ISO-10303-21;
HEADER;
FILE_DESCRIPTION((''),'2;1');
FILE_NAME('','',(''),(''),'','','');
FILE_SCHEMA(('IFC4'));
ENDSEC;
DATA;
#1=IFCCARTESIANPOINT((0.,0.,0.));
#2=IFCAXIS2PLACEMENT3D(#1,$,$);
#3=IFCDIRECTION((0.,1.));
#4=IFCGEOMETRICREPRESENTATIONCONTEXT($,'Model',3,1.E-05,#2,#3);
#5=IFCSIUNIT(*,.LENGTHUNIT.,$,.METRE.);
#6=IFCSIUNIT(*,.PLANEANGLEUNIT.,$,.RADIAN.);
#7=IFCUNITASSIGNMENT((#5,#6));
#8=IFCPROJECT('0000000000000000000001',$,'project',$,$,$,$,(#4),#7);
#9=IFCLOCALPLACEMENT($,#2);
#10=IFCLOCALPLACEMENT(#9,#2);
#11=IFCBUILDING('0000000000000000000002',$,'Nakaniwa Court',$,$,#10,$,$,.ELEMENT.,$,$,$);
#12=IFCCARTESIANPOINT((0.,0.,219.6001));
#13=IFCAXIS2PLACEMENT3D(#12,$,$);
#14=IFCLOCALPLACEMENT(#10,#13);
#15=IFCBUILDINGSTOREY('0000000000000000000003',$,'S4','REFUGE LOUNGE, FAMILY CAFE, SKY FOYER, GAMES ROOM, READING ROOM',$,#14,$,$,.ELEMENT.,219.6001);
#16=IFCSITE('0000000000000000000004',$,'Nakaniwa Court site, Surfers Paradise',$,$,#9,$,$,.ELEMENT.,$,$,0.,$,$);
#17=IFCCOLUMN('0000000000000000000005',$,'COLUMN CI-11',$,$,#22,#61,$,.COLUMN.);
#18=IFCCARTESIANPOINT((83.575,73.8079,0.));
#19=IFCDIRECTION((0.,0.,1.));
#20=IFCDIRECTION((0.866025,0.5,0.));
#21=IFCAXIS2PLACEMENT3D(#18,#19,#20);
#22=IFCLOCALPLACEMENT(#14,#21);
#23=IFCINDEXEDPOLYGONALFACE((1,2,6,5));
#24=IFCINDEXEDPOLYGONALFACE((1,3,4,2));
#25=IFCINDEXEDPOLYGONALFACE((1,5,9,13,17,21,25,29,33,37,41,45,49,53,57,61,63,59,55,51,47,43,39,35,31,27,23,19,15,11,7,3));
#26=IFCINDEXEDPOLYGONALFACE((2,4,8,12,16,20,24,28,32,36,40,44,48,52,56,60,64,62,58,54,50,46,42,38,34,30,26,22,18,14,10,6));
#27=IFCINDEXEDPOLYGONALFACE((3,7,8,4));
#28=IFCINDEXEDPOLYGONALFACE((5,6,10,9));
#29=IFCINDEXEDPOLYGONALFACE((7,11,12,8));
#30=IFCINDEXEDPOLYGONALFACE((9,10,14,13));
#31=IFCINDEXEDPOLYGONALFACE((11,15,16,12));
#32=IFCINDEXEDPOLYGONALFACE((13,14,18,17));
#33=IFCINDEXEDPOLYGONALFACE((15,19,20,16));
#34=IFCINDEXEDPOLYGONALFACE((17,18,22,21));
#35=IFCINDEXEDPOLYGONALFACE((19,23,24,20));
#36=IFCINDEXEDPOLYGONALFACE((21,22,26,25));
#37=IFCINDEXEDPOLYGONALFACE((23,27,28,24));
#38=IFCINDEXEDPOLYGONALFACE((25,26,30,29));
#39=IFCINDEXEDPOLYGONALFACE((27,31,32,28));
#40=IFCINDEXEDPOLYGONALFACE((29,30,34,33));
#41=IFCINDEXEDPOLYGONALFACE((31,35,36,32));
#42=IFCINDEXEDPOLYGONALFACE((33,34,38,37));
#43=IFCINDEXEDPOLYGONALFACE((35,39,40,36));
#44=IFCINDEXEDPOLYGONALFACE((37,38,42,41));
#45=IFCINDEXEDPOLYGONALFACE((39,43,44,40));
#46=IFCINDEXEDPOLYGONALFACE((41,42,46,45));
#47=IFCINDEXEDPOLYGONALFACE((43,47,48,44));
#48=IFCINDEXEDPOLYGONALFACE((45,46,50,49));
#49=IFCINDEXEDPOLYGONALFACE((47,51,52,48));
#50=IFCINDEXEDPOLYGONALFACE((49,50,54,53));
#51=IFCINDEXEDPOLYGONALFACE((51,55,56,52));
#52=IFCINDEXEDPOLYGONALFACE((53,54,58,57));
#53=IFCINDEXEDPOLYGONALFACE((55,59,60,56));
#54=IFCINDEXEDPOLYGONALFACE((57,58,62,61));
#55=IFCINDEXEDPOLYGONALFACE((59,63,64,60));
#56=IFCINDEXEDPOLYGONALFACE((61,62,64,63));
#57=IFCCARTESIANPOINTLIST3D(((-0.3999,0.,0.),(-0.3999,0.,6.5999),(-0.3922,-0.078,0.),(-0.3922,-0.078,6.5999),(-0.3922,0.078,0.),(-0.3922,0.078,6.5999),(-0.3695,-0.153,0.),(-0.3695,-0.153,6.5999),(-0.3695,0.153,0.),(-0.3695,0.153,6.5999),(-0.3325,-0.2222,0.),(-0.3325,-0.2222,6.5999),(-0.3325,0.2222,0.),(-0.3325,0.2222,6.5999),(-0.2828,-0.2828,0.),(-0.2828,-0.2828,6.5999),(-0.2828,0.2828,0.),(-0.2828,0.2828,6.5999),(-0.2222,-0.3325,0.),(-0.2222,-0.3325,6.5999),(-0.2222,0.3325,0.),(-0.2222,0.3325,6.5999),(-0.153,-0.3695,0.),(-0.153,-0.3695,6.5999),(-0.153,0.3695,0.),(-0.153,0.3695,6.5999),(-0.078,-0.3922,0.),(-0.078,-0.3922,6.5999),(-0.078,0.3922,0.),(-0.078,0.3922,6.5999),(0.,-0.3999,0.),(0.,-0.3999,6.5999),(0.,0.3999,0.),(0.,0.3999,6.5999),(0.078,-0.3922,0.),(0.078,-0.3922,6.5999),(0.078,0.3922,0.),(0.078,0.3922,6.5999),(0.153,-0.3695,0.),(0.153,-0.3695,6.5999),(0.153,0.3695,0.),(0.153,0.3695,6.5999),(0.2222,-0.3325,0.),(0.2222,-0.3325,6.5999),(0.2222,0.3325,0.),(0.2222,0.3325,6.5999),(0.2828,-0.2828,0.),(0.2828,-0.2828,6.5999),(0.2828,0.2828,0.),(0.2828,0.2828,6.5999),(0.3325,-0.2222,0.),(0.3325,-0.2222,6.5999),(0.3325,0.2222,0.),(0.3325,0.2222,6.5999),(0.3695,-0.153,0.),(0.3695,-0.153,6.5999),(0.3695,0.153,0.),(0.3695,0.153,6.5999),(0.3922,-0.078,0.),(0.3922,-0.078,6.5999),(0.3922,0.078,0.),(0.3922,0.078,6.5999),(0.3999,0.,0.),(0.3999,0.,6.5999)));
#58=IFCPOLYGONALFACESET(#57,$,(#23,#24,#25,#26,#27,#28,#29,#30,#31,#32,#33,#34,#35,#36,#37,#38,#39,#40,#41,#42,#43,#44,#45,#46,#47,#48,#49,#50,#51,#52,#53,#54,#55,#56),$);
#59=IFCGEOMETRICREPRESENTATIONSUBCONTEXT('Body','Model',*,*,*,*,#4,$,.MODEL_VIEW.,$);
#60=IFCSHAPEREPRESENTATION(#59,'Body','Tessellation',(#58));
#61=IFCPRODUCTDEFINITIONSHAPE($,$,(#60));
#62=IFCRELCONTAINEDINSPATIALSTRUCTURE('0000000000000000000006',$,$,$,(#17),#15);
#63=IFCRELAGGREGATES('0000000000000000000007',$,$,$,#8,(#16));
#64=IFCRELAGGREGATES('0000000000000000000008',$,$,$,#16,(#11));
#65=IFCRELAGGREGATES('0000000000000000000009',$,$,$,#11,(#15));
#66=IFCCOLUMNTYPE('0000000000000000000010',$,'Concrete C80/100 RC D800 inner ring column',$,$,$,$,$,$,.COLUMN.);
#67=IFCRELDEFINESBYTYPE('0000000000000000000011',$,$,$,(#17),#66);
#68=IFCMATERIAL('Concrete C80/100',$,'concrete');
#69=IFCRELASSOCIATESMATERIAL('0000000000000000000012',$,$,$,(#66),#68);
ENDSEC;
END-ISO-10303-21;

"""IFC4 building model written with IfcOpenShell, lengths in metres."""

from ifc_helpers import new_model, si_unit, direction, frame, origin, origin_2d, place, context, subcontext, project, spatial, circle, extrude, material, material_profile, profile_set, type_object, element, save


model = new_model("IFC4")

# Units and contexts
model_context = context("Model", 3, precision=1e-05, world=origin(), true_north=direction((0.0, 1.0)))
body_context = subcontext(model_context, "Body", "Model", "MODEL_VIEW")
ifc_project = project(units=[si_unit("LENGTHUNIT", "METRE"), si_unit("PLANEANGLEUNIT", "RADIAN")], contexts=[model_context])

# Site, building, storey
site_placement = place(None, origin())
site = spatial("IfcSite", under=ifc_project, at=site_placement, Name="Nakaniwa Court site, Surfers Paradise", CompositionType="ELEMENT", RefElevation=0.0)
building_placement = place(site_placement, origin())
building = spatial("IfcBuilding", under=site, at=building_placement, Name="Nakaniwa Court", CompositionType="ELEMENT")
storey_placement = place(building_placement, frame((0.0, 0.0, 219.6001)))
storey = spatial("IfcBuildingStorey", under=building, at=storey_placement, Name="S4", Description="REFUGE LOUNGE, FAMILY CAFE, SKY FOYER, GAMES ROOM, READING ROOM", CompositionType="ELEMENT", Elevation=219.6001)

# Column
ifc_material_1 = material(Name="Concrete C80/100", Category="concrete")
ifc_material_profile_1 = material_profile(ifc_material_1, circle(Radius=0.3999, at=origin_2d()), Name="Concrete C80/100 RC D800 inner ring column")
ifc_profile_set_1 = profile_set([ifc_material_profile_1], Name="Concrete C80/100")
column_type_1 = type_object("IfcColumnType", Name="Concrete C80/100 RC D800 inner ring column", PredefinedType="COLUMN", material=ifc_profile_set_1)
column_1_placement = place(storey_placement, frame((83.575, 73.8079, 0.0), z_axis=(0.0, 0.0, 1.0), x_axis=(0.866025, 0.5, 0.0)))
element("IfcColumn", 1, at=column_1_placement, inside=storey, type_object=column_type_1, Name="COLUMN CI-11", PredefinedType="COLUMN", context=body_context, shape_type="SweptSolid", body=[
    extrude(circle(Radius=0.3999, at=origin_2d()), origin(), (0.0, 0.0, 1.0), 6.5999),
])

save(model, "model.ifc")
